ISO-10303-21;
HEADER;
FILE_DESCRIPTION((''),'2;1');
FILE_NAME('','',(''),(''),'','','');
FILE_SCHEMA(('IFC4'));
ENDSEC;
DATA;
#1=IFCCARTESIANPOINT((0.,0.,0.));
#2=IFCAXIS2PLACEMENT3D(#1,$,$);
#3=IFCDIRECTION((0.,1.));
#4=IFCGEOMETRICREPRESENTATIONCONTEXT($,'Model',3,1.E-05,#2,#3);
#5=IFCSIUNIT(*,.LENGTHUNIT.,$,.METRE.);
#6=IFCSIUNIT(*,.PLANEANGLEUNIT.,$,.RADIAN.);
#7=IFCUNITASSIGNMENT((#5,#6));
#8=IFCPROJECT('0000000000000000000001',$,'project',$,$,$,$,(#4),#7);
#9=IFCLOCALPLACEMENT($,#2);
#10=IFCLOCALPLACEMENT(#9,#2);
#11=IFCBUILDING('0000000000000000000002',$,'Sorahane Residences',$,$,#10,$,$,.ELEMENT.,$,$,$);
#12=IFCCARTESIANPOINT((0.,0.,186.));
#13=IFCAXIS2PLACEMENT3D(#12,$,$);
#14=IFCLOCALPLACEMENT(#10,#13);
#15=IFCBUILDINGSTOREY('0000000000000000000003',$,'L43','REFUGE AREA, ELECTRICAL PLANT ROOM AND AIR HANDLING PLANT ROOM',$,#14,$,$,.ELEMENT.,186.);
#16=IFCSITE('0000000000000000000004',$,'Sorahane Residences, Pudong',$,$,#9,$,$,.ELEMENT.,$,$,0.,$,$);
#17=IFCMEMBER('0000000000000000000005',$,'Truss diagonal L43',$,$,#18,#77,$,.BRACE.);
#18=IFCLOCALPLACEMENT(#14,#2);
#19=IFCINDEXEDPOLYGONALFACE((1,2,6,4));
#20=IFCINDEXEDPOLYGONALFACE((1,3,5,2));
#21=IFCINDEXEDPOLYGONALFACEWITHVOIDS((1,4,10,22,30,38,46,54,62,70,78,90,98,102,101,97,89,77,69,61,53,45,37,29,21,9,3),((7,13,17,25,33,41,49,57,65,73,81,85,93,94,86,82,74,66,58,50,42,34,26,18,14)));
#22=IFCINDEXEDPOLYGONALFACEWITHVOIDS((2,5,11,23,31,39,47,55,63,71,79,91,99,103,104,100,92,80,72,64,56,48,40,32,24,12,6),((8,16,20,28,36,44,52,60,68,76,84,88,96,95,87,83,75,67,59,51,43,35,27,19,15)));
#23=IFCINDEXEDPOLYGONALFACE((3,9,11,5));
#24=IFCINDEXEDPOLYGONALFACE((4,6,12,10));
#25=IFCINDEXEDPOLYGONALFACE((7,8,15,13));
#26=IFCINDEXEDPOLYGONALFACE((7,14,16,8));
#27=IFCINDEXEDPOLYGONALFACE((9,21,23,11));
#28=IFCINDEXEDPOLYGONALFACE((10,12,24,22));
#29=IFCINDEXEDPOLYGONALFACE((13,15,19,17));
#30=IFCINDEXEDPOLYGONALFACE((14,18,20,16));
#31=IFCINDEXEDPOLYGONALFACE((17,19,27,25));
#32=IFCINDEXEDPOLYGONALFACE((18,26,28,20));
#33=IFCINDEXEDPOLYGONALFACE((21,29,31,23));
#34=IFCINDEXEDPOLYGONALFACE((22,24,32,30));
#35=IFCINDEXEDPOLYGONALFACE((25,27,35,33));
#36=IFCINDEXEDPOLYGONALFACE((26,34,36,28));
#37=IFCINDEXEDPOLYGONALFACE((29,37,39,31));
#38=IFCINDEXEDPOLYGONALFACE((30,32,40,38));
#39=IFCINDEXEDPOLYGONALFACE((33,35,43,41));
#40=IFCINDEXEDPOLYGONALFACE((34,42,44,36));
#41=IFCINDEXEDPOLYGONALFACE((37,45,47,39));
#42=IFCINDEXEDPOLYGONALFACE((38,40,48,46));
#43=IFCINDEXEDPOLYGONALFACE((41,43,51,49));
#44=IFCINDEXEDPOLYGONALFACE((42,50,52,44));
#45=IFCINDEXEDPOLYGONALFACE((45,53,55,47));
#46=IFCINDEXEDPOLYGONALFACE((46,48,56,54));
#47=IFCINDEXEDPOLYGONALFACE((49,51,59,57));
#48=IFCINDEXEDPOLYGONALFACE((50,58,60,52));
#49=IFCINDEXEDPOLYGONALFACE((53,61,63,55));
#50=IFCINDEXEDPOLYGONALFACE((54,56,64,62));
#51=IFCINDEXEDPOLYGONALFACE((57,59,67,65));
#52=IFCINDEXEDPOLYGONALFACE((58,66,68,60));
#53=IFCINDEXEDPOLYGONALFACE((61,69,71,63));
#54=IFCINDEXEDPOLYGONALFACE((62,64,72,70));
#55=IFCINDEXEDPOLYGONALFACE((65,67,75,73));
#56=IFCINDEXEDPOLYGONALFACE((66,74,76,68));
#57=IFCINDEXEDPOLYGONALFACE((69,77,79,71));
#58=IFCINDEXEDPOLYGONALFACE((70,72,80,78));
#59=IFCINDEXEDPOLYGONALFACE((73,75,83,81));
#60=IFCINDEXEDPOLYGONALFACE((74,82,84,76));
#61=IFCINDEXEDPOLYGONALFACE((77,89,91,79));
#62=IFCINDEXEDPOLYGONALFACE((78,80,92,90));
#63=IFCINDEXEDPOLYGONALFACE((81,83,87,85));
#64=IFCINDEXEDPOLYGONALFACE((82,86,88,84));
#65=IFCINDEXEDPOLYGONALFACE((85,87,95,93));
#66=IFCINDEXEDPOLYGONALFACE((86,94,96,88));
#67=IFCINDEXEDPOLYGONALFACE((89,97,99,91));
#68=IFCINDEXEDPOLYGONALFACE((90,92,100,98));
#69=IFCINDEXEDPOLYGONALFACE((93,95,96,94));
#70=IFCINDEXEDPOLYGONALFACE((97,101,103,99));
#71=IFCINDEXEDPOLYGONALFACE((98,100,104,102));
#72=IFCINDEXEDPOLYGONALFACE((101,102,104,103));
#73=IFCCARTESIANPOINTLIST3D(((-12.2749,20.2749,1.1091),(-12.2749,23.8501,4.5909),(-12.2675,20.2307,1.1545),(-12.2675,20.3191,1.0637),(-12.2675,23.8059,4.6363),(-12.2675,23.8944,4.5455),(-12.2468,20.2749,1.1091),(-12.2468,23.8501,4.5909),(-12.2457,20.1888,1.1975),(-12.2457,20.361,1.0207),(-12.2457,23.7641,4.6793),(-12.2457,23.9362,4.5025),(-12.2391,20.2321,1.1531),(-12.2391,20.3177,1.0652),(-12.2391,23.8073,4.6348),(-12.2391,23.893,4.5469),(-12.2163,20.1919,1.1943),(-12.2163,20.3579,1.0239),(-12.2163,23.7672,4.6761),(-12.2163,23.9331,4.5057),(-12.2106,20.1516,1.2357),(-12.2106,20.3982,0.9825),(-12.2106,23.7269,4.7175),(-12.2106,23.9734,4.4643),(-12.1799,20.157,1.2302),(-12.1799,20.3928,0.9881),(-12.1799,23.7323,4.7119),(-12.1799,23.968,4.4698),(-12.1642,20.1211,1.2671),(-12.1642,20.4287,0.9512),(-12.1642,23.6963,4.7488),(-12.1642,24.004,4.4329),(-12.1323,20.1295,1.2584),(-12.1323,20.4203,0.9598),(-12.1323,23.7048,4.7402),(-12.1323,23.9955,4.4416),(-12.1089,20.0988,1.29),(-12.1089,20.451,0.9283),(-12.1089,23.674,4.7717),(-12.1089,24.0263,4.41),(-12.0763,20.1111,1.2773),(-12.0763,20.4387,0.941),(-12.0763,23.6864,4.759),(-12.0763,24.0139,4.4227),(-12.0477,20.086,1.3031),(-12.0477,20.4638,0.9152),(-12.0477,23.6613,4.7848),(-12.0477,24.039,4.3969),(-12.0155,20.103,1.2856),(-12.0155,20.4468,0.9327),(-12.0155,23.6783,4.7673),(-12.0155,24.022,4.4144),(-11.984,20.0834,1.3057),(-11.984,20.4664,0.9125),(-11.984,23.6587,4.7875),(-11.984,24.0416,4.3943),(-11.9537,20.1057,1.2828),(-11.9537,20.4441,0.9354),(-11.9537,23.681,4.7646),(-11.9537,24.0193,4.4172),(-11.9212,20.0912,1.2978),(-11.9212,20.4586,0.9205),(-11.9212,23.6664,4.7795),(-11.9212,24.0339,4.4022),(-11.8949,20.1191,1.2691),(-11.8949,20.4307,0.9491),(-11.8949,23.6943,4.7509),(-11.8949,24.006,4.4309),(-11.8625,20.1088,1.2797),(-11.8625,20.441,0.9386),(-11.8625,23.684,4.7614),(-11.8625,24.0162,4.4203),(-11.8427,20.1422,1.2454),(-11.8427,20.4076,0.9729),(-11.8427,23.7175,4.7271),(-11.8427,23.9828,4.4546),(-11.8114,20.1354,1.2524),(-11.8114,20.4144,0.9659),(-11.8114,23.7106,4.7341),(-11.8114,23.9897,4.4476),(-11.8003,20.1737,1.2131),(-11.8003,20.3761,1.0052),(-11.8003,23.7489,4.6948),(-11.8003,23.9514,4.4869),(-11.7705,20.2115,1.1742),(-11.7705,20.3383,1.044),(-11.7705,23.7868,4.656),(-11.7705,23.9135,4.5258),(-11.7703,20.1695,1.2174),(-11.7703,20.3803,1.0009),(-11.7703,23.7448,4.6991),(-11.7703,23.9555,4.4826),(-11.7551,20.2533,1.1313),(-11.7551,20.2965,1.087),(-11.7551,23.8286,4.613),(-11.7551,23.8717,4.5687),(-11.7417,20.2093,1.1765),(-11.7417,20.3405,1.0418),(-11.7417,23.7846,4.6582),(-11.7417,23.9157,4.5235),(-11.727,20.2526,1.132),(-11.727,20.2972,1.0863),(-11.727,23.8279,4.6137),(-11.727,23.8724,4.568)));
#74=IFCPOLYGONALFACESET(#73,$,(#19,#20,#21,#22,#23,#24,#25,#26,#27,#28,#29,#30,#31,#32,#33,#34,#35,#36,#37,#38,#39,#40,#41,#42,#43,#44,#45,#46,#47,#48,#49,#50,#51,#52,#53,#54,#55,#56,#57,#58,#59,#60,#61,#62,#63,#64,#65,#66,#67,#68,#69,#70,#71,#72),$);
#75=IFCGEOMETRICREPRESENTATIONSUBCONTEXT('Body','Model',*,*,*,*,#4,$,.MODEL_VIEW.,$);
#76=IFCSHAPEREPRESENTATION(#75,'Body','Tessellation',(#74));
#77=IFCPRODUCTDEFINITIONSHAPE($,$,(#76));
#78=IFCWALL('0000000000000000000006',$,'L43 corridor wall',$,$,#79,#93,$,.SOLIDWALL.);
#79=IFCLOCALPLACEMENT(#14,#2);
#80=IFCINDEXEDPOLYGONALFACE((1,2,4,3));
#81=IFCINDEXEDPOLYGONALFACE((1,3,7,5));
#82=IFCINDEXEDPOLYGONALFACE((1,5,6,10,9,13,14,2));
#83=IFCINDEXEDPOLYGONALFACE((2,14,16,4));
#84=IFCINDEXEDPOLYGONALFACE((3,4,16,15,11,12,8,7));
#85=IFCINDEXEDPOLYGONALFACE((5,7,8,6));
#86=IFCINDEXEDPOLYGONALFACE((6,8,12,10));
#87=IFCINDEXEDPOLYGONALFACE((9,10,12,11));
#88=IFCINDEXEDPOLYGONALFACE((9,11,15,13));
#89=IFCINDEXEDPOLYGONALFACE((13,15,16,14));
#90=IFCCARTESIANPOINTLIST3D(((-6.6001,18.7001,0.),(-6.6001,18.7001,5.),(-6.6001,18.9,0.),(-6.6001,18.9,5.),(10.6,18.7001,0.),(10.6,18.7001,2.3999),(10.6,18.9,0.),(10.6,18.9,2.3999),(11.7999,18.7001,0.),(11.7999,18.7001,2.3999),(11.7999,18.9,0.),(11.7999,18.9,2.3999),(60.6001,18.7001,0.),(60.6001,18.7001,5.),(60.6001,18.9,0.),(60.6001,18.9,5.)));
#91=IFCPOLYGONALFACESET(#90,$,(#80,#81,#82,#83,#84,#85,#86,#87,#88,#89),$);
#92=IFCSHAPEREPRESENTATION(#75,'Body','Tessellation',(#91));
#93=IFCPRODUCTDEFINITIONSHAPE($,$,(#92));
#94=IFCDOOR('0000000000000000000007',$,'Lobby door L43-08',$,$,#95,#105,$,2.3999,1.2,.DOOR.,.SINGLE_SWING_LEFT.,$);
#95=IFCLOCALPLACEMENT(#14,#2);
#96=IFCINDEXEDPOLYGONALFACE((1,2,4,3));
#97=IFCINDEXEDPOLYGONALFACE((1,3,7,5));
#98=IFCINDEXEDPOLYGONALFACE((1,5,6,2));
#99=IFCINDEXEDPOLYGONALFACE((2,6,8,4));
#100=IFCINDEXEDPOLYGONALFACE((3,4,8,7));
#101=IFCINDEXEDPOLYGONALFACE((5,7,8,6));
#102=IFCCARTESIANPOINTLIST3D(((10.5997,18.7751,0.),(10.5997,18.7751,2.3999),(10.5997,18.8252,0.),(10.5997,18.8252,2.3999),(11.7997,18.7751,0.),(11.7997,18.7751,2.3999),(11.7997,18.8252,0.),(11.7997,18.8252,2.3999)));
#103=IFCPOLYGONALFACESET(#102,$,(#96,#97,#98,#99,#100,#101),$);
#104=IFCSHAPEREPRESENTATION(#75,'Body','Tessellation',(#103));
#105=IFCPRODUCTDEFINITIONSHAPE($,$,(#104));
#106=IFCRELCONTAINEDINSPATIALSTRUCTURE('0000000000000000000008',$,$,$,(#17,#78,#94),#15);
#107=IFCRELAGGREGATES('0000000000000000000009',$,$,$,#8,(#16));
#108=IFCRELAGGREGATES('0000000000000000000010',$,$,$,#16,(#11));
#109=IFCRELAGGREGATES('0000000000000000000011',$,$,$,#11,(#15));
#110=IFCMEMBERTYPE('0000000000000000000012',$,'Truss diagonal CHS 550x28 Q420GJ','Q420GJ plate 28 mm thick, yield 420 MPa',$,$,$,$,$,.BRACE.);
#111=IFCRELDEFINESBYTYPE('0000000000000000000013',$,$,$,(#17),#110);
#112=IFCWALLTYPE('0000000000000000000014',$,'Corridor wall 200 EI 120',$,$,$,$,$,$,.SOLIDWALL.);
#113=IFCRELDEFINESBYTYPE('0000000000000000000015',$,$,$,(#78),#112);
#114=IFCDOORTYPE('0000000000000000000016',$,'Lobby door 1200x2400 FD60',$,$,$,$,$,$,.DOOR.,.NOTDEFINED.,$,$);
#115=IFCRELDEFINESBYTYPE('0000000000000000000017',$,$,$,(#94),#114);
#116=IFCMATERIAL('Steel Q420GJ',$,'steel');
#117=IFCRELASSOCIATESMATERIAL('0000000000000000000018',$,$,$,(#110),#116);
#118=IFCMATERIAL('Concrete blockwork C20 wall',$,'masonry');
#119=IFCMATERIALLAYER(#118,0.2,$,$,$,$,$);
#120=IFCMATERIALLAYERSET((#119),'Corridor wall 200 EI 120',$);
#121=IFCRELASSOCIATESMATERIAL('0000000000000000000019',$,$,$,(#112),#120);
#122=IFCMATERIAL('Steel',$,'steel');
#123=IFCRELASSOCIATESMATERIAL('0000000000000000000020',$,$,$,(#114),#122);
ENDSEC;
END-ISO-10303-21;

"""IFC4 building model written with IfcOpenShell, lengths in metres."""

from ifc_helpers import new_model, si_unit, direction, frame, frame_2d, origin, origin_2d, place, context, subcontext, project, spatial, rectangle, hollow_circle, extrude, material, layer, layer_set, material_profile, profile_set, type_object, element, fill, save


model = new_model("IFC4")

# Units and contexts
model_context = context("Model", 3, precision=1e-05, world=origin(), true_north=direction((0.0, 1.0)))
body_context = subcontext(model_context, "Body", "Model", "MODEL_VIEW")
ifc_project = project(units=[si_unit("LENGTHUNIT", "METRE"), si_unit("PLANEANGLEUNIT", "RADIAN")], contexts=[model_context])

# Site, building, storey
site_placement = place(None, origin())
site = spatial("IfcSite", under=ifc_project, at=site_placement, Name="Sorahane Residences, Pudong", CompositionType="ELEMENT", RefElevation=0.0)
building_placement = place(site_placement, origin())
building = spatial("IfcBuilding", under=site, at=building_placement, Name="Sorahane Residences", CompositionType="ELEMENT")
storey_placement = place(building_placement, frame((0.0, 0.0, 186.0)))
storey = spatial("IfcBuildingStorey", under=building, at=storey_placement, Name="L43", Description="REFUGE AREA, ELECTRICAL PLANT ROOM AND AIR HANDLING PLANT ROOM", CompositionType="ELEMENT", Elevation=186.0)

# Member
ifc_material_1 = material(Name="Steel Q420GJ", Category="steel")
ifc_material_profile_1 = material_profile(ifc_material_1, hollow_circle(Radius=0.2749, WallThickness=0.0281, at=origin_2d()), Name="CHS 550x28")
ifc_profile_set_1 = profile_set([ifc_material_profile_1], Name="Steel Q420GJ")
member_type = type_object("IfcMemberType", Name="Truss diagonal CHS 550x28 Q420GJ", Description="Q420GJ plate 28 mm thick, yield 420 MPa", PredefinedType="BRACE", material=ifc_profile_set_1)
member_1_placement = place(storey_placement, frame((-12.0, 20.2749, 1.1091), z_axis=(0.0, 0.716413, 0.697676), x_axis=(-1.0, 0.0, 0.0)))
element("IfcMember", 1, at=member_1_placement, inside=storey, type_object=member_type, Name="Truss diagonal L43", PredefinedType="BRACE", context=body_context, shape_type="SweptSolid", body=[
    extrude(hollow_circle(Radius=0.2749, WallThickness=0.0281, at=origin_2d()), origin(), (0.0, 0.0, 1.0), 4.9905),
])

# Wall, opening, door
ifc_material_2 = material(Name="Concrete blockwork C20 wall", Category="masonry")
ifc_layer_1 = layer(ifc_material_2, 0.2)
ifc_layer_set_1 = layer_set([ifc_layer_1], Name="Corridor wall 200 EI 120")
wall_type_1 = type_object("IfcWallType", Name="Corridor wall 200 EI 120", PredefinedType="SOLIDWALL", material=ifc_layer_set_1)
wall_1_placement = place(storey_placement, frame((-6.6001, 18.8, 0.0), z_axis=(0.0, 0.0, 1.0), x_axis=(1.0, 0.0, 0.0)))
wall_1 = element("IfcWall", 2, at=wall_1_placement, inside=storey, type_object=wall_type_1, Name="L43 corridor wall", PredefinedType="SOLIDWALL", context=body_context, shape_type="SweptSolid", body=[
    extrude(rectangle(XDim=67.2002, YDim=0.2, at=frame_2d((33.6001, 0.0))), origin(), (0.0, 0.0, 1.0), 5.0),
])
opening_1_placement = place(wall_1_placement, frame((17.2, 0.0, 0.0)))
opening_1 = element("IfcOpeningElement", 3, at=opening_1_placement, cuts=wall_1, PredefinedType="OPENING", context=body_context, shape_type="SweptSolid", body=[
    extrude(rectangle(XDim=1.2, YDim=2.3999, at=frame_2d((0.6001, 1.2))), frame((0.0, 0.1099, 0.0), z_axis=(0.0, -1.0, 0.0), x_axis=(1.0, 0.0, 0.0)), (0.0, 0.0, 1.0), 0.22),
])
ifc_material_3 = material(Name="Steel", Category="steel")
door_type_1 = type_object("IfcDoorType", Name="Lobby door 1200x2400 FD60", OperationType="NOTDEFINED", PredefinedType="DOOR", material=ifc_material_3)
door_1_placement = place(opening_1_placement, frame((1.2, 0.0, 0.0), z_axis=(0.0, 0.0, 1.0), x_axis=(-1.0, 0.0, 0.0)))
door_1 = element("IfcDoor", 4, at=door_1_placement, inside=storey, type_object=door_type_1, Name="Lobby door L43-08", OperationType="SINGLE_SWING_LEFT", OverallHeight=2.3999, OverallWidth=1.2, PredefinedType="DOOR", context=body_context, shape_type="SweptSolid", body=[
    extrude(rectangle(XDim=1.2, YDim=2.3999, at=frame_2d((0.6001, 1.2))), frame((0.0, 0.0249, 0.0), z_axis=(0.0, -1.0, 0.0), x_axis=(1.0, 0.0, 0.0)), (0.0, 0.0, 1.0), 0.05),
])
fill(opening_1, door_1)

save(model, "model.ifc")
